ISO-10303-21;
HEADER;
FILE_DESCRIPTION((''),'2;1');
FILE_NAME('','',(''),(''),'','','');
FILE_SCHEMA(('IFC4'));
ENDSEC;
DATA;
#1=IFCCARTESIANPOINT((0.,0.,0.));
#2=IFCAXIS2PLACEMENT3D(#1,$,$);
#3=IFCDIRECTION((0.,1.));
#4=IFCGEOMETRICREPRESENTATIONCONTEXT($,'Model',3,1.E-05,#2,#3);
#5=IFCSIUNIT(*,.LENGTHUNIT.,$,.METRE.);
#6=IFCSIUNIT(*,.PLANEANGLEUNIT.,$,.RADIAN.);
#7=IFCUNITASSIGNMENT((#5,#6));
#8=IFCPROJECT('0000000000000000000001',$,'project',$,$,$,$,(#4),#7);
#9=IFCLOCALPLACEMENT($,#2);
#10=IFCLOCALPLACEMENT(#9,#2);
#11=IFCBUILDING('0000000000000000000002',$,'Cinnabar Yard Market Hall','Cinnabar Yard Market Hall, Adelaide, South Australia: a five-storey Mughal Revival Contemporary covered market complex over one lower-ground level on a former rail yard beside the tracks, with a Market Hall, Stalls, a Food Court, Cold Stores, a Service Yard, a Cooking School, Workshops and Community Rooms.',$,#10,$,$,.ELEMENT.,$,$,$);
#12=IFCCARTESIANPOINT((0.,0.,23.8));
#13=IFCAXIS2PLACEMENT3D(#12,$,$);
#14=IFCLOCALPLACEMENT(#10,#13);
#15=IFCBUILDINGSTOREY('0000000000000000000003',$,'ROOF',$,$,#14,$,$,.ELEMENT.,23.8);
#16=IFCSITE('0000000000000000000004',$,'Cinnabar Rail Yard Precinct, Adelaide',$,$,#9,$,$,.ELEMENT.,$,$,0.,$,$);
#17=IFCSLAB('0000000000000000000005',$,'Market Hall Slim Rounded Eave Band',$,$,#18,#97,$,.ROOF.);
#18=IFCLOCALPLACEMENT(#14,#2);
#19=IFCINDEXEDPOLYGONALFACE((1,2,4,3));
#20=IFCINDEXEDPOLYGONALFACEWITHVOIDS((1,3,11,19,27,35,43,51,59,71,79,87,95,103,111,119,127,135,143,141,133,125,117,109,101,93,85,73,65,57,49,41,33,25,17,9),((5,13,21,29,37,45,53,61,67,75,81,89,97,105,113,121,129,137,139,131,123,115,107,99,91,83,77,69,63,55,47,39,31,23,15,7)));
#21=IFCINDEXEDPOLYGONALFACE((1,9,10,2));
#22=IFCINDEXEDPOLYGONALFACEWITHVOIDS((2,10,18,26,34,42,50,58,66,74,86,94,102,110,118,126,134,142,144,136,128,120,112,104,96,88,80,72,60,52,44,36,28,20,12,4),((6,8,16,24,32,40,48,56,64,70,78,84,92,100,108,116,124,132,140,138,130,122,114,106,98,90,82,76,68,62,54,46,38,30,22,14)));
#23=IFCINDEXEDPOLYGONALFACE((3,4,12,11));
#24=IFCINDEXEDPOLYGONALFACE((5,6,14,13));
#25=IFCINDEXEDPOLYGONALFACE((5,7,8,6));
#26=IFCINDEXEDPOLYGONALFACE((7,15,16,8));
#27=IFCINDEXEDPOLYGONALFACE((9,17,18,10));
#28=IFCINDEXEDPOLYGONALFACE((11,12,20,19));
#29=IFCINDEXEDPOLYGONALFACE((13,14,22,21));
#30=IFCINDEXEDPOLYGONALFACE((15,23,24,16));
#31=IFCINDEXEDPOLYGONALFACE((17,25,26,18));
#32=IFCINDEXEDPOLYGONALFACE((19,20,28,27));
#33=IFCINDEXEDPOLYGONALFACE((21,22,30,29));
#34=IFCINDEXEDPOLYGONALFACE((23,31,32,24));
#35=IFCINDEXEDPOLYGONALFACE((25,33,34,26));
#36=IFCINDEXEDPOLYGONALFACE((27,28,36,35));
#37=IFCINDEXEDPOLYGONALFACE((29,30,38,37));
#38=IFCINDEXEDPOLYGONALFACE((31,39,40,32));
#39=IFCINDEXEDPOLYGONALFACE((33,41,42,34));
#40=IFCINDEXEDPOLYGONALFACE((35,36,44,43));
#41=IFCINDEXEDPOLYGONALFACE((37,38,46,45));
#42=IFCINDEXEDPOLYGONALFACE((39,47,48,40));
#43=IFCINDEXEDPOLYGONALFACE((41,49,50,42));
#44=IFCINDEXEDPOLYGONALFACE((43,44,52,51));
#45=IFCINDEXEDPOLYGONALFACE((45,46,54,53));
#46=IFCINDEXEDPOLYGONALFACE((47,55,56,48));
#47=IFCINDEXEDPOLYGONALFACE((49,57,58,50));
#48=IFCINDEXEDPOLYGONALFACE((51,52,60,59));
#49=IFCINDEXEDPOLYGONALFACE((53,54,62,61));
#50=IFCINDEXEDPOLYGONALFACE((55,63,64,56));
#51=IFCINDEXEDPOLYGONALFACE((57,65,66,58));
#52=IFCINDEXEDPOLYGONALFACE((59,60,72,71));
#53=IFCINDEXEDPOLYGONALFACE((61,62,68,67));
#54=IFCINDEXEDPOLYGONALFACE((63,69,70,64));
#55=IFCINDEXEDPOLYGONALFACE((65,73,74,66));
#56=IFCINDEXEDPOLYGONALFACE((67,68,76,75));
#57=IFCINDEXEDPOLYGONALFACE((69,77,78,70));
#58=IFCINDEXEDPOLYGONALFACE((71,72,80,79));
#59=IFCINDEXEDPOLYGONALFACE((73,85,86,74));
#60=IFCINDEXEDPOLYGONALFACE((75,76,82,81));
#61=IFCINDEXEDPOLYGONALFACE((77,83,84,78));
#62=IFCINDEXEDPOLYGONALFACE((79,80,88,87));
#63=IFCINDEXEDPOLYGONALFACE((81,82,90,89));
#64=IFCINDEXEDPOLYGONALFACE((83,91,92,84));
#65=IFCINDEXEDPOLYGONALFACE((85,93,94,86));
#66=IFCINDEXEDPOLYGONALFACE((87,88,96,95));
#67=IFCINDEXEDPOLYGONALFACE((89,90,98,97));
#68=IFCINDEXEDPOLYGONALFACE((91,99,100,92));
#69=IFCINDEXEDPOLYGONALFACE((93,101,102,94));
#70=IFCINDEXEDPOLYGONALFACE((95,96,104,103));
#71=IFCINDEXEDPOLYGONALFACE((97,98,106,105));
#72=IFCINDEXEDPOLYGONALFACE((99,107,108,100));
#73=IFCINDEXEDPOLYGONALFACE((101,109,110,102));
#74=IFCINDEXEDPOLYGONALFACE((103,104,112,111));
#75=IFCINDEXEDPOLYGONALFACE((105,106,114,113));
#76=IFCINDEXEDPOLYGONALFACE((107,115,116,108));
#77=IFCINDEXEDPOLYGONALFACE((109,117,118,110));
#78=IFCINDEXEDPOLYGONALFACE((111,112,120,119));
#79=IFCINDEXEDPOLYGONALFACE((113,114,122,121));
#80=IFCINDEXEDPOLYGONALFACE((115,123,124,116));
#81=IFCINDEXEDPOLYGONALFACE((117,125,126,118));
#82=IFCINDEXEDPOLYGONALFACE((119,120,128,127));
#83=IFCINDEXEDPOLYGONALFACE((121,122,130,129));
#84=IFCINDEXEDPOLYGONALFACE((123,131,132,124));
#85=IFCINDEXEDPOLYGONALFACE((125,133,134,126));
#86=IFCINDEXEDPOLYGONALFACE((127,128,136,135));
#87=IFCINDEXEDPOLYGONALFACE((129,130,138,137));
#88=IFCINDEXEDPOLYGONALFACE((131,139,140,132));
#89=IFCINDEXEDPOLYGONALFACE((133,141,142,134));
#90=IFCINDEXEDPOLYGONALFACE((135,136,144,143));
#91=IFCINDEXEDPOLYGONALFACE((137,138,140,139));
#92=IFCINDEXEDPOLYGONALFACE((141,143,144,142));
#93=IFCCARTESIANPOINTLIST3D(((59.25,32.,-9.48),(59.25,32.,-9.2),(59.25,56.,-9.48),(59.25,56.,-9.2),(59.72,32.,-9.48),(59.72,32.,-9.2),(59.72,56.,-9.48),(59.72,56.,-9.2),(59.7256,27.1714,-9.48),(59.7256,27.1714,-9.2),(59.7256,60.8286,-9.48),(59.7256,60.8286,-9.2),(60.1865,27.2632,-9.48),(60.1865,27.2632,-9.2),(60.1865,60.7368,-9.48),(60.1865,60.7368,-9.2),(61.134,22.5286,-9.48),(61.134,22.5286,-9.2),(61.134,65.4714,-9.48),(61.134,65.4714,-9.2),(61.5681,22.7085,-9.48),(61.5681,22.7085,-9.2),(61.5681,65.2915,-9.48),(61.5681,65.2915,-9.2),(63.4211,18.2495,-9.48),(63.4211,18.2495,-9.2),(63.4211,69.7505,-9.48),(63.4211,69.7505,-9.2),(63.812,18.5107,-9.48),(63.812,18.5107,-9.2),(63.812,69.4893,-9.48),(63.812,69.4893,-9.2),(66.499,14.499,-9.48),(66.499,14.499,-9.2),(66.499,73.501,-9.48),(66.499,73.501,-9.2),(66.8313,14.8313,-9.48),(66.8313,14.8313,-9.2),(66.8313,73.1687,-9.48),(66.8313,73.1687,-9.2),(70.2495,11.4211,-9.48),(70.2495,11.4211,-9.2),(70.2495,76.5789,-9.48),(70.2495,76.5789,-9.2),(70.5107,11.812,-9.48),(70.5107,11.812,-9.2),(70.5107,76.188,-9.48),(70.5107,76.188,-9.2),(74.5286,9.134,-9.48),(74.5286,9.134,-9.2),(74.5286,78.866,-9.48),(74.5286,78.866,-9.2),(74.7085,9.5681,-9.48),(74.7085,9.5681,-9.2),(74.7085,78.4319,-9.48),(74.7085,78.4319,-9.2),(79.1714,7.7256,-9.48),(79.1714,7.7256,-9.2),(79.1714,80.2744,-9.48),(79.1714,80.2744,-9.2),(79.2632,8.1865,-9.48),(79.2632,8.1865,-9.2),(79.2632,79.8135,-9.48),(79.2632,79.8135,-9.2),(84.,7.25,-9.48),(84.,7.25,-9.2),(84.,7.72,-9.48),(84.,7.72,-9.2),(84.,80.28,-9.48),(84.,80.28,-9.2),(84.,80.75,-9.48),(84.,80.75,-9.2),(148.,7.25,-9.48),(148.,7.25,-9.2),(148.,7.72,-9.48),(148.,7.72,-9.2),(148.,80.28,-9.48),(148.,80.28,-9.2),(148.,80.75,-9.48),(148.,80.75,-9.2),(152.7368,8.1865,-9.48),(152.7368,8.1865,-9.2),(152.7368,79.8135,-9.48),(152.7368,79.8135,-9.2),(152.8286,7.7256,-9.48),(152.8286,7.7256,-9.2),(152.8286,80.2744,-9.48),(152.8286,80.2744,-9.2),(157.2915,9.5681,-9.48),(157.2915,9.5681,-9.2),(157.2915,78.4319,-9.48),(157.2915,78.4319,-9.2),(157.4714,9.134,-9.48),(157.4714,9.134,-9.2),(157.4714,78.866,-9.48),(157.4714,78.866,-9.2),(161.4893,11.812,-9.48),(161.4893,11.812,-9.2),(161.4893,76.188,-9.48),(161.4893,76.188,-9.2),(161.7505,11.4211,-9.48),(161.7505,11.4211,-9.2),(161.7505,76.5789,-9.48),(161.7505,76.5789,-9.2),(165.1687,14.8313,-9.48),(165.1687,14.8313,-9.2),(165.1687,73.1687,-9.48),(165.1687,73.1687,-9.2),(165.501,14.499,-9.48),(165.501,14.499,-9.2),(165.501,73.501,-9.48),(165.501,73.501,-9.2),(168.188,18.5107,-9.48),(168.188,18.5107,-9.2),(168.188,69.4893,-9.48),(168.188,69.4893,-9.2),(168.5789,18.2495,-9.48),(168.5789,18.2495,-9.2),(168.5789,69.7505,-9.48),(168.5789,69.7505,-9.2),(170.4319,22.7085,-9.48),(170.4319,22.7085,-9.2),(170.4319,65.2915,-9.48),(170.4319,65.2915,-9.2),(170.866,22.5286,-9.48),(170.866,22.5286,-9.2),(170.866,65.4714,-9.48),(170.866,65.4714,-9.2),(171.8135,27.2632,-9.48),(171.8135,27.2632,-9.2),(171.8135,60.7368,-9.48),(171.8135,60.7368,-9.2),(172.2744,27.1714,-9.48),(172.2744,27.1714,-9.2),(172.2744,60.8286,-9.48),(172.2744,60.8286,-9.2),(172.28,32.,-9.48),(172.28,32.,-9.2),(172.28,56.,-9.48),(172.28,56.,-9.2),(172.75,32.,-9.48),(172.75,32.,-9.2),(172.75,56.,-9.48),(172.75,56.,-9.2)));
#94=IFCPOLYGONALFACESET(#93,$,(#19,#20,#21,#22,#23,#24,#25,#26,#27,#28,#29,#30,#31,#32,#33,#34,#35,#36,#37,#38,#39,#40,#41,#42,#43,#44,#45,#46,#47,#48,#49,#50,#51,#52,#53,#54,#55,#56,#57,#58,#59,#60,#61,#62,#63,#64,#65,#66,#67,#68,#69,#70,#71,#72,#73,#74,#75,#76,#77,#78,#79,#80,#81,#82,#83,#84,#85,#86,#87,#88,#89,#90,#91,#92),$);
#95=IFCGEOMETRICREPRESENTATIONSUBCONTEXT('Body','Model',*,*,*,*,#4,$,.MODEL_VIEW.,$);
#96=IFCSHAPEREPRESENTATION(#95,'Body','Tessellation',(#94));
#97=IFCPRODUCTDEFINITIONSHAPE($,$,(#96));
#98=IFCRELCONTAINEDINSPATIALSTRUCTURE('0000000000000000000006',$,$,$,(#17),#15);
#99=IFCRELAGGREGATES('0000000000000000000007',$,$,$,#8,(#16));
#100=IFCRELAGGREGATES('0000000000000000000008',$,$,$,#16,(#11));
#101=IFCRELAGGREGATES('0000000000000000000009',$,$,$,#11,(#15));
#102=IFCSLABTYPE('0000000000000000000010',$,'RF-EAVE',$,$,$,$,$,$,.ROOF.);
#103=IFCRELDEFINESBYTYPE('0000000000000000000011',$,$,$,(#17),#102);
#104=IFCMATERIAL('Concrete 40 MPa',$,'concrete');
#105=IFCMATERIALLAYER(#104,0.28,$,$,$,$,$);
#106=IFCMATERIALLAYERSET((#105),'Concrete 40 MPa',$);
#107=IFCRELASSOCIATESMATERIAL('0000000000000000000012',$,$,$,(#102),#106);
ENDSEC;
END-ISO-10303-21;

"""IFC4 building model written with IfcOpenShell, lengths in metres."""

from ifc_helpers import new_model, si_unit, direction, frame, origin, place, context, subcontext, project, spatial, polyline, outline, extrude, material, layer, layer_set, type_object, element, save


model = new_model("IFC4")

# Units and contexts
model_context = context("Model", 3, precision=1e-05, world=origin(), true_north=direction((0.0, 1.0)))
body_context = subcontext(model_context, "Body", "Model", "MODEL_VIEW")
ifc_project = project(units=[si_unit("LENGTHUNIT", "METRE"), si_unit("PLANEANGLEUNIT", "RADIAN")], contexts=[model_context])

# Site, building, storey
site_placement = place(None, origin())
site = spatial("IfcSite", under=ifc_project, at=site_placement, Name="Cinnabar Rail Yard Precinct, Adelaide", CompositionType="ELEMENT", RefElevation=0.0)
building_placement = place(site_placement, origin())
building = spatial("IfcBuilding", under=site, at=building_placement, Name="Cinnabar Yard Market Hall", Description="Cinnabar Yard Market Hall, Adelaide, South Australia: a five-storey Mughal Revival Contemporary covered market complex over one lower-ground level on a former rail yard beside the tracks, with a Market Hall, Stalls, a Food Court, Cold Stores, a Service Yard, a Cooking School, Workshops and Community Rooms.", CompositionType="ELEMENT")
storey_placement = place(building_placement, frame((0.0, 0.0, 23.8)))
storey = spatial("IfcBuildingStorey", under=building, at=storey_placement, Name="ROOF", CompositionType="ELEMENT", Elevation=23.8)

# Shared definitions
ifc_material_1 = material(Name="Concrete 40 MPa", Category="concrete")

# Slab
ifc_layer_1 = layer(ifc_material_1, 0.28)
ifc_layer_set_1 = layer_set([ifc_layer_1], Name="Concrete 40 MPa")
slab_type_1 = type_object("IfcSlabType", Name="RF-EAVE", PredefinedType="ROOF", material=ifc_layer_set_1)
slab_1_placement = place(storey_placement, frame((0.0, 0.0, -9.48)))
element("IfcSlab", 1, at=slab_1_placement, inside=storey, type_object=slab_type_1, Name="Market Hall Slim Rounded Eave Band", PredefinedType="ROOF", context=body_context, shape_type="SweptSolid", body=[
    extrude(outline(polyline([(59.25, 32.0), (59.7256, 27.1714), (61.134, 22.5286), (63.4211, 18.2495), (66.499, 14.499), (70.2495, 11.4211), (74.5286, 9.134), (79.1714, 7.7256), (84.0, 7.25), (148.0, 7.25), (152.8286, 7.7256), (157.4714, 9.134), (161.7505, 11.4211), (165.501, 14.499), (168.5789, 18.2495), (170.866, 22.5286), (172.2744, 27.1714), (172.75, 32.0), (172.75, 56.0), (172.2744, 60.8286), (170.866, 65.4714), (168.5789, 69.7505), (165.501, 73.501), (161.7505, 76.5789), (157.4714, 78.866), (152.8286, 80.2744), (148.0, 80.75), (84.0, 80.75), (79.1714, 80.2744), (74.5286, 78.866), (70.2495, 76.5789), (66.499, 73.501), (63.4211, 69.7505), (61.134, 65.4714), (59.7256, 60.8286), (59.25, 56.0), (59.25, 32.0)]), holes=[polyline([(59.72, 32.0), (60.1865, 27.2632), (61.5681, 22.7085), (63.812, 18.5107), (66.8313, 14.8313), (70.5107, 11.812), (74.7085, 9.5681), (79.2632, 8.1865), (84.0, 7.72), (148.0, 7.72), (152.7368, 8.1865), (157.2915, 9.5681), (161.4893, 11.812), (165.1687, 14.8313), (168.188, 18.5107), (170.4319, 22.7085), (171.8135, 27.2632), (172.28, 32.0), (172.28, 56.0), (171.8135, 60.7368), (170.4319, 65.2915), (168.188, 69.4893), (165.1687, 73.1687), (161.4893, 76.188), (157.2915, 78.4319), (152.7368, 79.8135), (148.0, 80.28), (84.0, 80.28), (79.2632, 79.8135), (74.7085, 78.4319), (70.5107, 76.188), (66.8313, 73.1687), (63.812, 69.4893), (61.5681, 65.2915), (60.1865, 60.7368), (59.72, 56.0), (59.72, 32.0)])]), origin(), (0.0, 0.0, 1.0), 0.28),
])

save(model, "model.ifc")
